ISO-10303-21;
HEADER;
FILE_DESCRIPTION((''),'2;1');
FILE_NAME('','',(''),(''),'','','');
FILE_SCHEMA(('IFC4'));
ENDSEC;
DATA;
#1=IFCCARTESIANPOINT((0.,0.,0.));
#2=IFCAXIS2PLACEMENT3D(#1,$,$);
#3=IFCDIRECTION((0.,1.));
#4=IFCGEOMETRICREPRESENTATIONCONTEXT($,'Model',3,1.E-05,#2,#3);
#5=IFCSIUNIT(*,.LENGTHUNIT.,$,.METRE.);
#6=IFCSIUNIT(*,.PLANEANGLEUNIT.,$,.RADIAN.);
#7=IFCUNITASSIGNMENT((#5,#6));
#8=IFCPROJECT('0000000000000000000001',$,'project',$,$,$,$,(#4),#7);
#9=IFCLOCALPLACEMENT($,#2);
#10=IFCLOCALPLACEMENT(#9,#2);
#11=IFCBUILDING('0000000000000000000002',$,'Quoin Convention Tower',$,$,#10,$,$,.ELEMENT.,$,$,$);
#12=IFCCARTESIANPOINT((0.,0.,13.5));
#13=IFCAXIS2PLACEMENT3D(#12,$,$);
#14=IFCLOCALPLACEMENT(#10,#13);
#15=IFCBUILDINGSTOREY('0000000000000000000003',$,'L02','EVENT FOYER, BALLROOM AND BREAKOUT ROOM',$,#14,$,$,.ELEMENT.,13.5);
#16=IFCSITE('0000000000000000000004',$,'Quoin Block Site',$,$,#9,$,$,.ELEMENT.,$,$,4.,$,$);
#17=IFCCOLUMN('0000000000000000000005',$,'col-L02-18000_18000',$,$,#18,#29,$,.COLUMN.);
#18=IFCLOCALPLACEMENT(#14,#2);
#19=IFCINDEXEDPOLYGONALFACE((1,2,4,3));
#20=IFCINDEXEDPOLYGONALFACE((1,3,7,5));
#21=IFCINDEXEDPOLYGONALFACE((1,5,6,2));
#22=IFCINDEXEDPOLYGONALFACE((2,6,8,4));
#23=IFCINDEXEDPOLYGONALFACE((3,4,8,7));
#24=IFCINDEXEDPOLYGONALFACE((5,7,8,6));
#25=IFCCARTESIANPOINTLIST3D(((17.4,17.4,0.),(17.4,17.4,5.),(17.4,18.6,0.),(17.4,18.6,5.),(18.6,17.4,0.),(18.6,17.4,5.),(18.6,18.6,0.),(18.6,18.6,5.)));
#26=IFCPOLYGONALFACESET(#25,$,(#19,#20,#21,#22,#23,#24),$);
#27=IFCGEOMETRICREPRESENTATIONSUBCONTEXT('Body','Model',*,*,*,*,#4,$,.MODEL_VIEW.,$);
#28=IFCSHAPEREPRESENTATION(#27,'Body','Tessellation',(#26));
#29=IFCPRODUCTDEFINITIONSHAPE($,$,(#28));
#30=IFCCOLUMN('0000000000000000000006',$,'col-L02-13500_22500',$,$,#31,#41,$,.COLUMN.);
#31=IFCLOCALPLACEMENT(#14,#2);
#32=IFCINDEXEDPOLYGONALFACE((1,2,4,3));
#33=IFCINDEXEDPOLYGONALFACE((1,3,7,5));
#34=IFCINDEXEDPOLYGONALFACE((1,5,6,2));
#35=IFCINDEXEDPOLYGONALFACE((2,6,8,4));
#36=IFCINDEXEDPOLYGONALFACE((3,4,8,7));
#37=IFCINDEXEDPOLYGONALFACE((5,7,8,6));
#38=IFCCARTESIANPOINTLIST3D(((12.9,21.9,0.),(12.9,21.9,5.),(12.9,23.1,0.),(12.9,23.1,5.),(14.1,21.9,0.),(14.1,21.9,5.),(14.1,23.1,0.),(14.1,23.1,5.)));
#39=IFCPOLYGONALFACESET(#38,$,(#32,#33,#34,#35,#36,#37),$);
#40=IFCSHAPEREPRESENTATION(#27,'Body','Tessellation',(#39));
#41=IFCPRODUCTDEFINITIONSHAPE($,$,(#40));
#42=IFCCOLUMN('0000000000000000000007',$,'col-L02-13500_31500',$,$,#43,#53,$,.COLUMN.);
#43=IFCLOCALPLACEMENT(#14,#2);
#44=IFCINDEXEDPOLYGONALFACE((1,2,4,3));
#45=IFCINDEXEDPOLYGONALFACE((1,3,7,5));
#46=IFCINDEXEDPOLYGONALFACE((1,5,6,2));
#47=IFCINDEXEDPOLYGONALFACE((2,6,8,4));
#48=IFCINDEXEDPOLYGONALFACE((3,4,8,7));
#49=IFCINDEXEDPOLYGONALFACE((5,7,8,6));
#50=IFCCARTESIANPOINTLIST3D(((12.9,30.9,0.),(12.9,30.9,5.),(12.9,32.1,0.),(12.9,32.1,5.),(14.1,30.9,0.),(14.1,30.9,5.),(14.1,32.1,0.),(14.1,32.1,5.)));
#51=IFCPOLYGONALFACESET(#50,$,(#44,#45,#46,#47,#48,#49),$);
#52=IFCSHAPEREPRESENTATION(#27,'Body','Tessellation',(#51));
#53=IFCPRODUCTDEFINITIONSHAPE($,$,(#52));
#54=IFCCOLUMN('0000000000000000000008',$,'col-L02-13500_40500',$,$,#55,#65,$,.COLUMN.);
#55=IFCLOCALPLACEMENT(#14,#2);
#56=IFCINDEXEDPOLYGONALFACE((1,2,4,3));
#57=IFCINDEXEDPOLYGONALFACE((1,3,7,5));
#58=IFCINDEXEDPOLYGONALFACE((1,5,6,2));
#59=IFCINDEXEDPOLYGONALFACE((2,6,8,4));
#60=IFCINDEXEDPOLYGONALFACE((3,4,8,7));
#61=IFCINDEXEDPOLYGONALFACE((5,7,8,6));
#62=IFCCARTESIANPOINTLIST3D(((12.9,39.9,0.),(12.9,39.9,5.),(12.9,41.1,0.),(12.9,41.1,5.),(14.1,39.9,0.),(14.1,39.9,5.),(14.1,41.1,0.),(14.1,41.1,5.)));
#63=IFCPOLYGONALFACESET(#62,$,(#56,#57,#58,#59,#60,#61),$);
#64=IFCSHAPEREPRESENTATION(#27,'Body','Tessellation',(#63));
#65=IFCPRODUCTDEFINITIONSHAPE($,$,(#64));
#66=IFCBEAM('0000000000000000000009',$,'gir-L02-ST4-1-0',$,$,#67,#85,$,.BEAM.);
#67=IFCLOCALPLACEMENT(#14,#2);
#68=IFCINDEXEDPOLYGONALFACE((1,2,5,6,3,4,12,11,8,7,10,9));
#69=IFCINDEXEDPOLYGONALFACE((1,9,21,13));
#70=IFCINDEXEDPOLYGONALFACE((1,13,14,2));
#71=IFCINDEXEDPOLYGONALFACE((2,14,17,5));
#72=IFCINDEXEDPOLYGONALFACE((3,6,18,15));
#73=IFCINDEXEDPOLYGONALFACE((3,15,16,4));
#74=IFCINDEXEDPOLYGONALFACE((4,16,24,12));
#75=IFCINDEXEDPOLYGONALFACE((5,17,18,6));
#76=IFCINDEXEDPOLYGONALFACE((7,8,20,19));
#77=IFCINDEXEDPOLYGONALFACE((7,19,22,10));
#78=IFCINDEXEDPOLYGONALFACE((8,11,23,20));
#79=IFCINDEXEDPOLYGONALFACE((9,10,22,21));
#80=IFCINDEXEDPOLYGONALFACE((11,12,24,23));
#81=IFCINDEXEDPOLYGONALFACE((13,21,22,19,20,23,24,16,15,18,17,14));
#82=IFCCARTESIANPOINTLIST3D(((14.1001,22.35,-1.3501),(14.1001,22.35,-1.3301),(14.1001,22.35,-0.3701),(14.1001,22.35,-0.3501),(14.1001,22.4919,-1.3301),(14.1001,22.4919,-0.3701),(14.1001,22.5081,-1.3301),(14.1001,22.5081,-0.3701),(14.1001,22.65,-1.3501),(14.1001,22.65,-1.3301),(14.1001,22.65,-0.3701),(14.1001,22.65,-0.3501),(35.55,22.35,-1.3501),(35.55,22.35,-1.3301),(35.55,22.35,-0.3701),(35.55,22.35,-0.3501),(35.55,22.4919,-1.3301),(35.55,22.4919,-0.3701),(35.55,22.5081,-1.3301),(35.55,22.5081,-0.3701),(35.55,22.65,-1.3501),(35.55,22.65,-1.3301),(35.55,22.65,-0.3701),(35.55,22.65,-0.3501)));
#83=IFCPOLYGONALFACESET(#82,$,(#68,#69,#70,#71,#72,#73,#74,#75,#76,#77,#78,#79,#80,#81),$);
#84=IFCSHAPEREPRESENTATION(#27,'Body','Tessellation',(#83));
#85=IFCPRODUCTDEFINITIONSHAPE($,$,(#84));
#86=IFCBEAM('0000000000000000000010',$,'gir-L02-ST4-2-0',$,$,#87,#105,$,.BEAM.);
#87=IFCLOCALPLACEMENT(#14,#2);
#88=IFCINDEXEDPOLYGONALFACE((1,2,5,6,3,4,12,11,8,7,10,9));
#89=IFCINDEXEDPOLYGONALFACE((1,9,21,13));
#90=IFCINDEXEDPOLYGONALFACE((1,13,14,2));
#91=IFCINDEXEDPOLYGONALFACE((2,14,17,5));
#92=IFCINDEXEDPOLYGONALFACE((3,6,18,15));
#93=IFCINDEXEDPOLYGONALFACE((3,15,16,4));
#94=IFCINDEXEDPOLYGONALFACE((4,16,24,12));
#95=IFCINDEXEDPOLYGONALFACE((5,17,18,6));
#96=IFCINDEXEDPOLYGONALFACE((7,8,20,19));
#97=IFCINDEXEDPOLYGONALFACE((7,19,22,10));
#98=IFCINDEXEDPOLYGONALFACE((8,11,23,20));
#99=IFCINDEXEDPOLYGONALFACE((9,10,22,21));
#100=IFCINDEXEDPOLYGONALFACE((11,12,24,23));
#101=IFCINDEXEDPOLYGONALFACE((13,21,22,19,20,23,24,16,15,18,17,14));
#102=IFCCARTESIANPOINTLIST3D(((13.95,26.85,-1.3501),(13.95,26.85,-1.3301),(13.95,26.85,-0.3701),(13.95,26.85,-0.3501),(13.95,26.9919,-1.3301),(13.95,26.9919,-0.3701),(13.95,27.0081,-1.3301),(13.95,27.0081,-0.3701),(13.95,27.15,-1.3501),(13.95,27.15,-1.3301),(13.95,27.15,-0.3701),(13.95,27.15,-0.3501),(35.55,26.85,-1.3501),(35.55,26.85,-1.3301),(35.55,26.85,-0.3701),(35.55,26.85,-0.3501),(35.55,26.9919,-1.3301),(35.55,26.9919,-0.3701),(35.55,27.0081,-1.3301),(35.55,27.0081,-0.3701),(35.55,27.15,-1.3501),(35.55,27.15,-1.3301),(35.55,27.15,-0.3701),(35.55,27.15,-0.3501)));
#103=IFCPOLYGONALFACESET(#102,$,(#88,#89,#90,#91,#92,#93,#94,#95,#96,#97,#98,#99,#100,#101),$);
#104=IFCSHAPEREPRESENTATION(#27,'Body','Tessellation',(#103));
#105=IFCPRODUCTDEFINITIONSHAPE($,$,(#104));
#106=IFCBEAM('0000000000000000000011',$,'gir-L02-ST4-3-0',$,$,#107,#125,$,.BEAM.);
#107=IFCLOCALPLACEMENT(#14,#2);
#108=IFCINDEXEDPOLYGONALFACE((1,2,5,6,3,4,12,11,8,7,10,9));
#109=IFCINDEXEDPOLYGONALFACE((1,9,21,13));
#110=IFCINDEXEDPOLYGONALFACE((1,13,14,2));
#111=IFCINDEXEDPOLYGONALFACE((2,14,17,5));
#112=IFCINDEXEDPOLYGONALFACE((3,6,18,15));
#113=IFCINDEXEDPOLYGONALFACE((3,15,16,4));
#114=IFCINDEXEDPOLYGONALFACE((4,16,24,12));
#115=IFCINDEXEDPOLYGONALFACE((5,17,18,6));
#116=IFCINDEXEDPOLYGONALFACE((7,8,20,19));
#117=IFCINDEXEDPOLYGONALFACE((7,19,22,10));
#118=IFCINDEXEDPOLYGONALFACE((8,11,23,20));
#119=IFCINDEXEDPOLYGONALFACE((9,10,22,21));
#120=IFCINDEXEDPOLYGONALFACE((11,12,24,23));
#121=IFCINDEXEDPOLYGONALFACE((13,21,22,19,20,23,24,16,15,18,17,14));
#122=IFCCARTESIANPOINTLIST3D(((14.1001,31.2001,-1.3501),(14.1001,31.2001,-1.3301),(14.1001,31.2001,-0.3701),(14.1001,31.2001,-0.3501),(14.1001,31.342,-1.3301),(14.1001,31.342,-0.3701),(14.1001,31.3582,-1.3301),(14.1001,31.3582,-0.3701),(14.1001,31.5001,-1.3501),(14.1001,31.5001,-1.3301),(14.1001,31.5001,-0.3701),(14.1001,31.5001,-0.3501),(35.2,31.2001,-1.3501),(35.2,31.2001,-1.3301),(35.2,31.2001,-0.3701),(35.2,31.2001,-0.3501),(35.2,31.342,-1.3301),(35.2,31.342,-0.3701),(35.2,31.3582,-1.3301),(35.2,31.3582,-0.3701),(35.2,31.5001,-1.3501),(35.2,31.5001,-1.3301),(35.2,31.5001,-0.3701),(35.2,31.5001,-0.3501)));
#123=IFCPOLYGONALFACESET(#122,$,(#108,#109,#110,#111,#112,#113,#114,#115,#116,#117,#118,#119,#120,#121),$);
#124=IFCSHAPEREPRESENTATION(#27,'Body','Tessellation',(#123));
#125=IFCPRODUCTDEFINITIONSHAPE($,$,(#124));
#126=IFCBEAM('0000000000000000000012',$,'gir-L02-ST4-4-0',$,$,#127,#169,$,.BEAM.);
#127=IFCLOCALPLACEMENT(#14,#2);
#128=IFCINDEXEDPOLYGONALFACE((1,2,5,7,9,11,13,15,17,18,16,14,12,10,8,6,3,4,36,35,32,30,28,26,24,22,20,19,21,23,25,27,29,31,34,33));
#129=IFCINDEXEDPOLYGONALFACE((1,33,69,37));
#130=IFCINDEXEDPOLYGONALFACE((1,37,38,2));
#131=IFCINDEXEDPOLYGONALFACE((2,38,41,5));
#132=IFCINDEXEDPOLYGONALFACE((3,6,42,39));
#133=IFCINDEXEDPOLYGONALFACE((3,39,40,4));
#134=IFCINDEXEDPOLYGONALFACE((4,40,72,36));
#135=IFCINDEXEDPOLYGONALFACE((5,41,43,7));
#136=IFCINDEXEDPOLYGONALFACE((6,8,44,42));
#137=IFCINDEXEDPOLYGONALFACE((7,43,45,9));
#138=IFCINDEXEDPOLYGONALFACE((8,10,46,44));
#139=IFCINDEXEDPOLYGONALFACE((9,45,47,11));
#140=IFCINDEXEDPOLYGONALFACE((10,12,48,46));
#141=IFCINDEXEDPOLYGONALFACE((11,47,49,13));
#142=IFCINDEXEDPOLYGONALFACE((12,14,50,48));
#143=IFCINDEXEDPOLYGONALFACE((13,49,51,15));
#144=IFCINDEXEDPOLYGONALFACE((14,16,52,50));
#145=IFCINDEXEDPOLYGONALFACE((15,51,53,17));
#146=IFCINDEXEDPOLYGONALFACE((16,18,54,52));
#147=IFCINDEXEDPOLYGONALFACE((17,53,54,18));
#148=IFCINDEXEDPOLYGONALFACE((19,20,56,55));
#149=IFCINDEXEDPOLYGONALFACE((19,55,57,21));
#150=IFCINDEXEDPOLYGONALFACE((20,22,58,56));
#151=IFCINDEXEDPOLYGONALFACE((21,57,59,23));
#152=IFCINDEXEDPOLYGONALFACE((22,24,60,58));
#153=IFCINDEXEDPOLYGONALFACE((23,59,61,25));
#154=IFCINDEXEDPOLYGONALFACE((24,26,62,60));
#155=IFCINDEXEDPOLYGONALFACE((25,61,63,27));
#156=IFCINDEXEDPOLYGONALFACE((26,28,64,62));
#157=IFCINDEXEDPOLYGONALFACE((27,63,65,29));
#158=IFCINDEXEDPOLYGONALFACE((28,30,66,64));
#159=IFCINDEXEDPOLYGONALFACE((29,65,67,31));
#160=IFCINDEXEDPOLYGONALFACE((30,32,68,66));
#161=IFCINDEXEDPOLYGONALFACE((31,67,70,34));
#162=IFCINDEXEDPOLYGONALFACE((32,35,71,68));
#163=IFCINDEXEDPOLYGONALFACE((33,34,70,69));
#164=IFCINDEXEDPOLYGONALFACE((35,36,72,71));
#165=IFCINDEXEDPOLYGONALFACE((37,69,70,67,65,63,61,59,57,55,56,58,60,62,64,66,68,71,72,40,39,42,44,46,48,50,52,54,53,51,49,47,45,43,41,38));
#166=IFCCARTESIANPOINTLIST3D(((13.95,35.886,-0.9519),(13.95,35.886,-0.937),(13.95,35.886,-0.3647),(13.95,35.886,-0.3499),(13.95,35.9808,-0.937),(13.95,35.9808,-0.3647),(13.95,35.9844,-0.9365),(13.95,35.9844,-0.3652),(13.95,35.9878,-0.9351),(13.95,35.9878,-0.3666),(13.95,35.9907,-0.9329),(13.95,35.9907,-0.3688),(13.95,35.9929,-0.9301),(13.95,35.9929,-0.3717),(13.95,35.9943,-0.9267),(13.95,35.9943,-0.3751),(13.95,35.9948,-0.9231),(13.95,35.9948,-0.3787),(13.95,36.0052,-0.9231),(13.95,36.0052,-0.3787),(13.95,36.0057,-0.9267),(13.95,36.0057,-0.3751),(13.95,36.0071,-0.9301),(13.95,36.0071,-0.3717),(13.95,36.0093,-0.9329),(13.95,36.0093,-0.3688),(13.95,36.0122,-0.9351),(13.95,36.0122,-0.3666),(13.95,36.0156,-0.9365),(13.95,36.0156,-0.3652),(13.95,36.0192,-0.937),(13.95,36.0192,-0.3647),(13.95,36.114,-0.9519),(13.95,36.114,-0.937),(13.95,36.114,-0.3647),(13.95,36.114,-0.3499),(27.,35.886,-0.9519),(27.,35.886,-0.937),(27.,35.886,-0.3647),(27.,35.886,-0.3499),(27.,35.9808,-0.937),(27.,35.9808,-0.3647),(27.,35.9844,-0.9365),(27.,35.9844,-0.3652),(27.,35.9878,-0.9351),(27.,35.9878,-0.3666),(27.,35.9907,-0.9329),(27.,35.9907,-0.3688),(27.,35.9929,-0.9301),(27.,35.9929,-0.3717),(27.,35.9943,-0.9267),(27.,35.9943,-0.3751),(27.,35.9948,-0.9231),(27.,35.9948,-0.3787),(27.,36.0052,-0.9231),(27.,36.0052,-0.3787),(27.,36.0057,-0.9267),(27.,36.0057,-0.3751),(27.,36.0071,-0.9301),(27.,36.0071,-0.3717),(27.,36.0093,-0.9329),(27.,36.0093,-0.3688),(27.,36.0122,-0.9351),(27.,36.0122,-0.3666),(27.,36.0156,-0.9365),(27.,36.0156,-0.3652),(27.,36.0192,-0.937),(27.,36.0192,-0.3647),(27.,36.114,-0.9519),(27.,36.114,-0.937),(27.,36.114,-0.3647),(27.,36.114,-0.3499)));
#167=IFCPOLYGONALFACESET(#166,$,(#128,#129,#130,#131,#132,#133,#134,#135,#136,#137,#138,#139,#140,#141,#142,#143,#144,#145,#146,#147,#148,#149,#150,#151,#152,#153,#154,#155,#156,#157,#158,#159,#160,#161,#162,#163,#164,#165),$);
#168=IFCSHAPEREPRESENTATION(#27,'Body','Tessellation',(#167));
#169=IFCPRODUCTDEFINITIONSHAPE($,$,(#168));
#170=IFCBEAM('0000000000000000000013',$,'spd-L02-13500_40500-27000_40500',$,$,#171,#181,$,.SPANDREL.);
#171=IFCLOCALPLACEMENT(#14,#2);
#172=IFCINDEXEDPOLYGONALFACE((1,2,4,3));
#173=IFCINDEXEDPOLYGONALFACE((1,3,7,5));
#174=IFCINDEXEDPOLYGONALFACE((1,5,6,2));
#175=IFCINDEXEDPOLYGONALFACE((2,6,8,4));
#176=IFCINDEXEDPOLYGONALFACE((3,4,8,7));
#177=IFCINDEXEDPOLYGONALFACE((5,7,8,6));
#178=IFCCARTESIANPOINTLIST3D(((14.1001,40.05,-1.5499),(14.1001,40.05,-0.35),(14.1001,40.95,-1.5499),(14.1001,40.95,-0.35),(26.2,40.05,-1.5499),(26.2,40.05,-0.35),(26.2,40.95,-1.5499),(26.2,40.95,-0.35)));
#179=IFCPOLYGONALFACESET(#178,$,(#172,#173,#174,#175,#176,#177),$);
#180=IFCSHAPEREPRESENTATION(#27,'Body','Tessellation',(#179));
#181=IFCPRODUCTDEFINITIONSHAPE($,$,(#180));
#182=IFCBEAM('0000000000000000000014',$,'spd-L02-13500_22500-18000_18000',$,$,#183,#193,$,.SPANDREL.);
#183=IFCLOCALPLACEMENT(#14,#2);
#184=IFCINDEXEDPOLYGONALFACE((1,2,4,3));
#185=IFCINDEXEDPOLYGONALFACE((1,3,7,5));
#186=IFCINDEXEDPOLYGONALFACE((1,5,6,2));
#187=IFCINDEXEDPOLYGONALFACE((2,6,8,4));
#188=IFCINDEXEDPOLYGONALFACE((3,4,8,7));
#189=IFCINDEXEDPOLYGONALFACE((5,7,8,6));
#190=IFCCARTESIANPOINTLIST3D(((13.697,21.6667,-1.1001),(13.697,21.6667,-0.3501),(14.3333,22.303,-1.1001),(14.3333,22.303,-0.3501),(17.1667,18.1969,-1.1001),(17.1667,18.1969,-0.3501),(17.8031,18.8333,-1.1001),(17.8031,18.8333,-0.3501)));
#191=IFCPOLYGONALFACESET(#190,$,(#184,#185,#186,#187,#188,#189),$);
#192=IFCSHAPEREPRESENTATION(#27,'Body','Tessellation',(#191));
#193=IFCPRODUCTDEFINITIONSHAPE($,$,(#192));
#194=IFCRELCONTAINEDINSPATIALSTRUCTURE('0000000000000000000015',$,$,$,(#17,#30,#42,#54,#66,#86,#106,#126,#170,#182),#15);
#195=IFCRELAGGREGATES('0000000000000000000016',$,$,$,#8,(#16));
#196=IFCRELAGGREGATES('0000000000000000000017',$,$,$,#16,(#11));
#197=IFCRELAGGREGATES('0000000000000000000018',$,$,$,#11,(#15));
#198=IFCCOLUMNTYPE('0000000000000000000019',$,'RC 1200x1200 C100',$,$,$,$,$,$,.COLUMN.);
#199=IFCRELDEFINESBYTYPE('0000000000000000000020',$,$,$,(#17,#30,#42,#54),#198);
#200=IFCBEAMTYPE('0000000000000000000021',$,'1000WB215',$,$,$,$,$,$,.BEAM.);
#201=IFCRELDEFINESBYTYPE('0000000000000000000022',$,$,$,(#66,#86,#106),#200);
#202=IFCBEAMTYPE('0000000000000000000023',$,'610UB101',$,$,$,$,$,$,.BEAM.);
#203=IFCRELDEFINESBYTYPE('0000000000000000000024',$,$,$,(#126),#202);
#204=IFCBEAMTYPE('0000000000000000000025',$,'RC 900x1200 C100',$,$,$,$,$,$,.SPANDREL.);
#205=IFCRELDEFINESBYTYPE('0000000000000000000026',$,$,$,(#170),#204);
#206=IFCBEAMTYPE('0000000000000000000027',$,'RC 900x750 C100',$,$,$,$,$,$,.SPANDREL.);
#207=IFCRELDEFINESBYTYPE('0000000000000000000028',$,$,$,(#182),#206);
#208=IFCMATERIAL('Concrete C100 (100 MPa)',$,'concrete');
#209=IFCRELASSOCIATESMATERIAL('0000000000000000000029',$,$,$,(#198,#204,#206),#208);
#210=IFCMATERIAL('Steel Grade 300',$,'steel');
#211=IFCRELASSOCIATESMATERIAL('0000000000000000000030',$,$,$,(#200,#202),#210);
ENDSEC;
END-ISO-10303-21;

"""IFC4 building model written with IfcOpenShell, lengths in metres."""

from ifc_helpers import new_model, si_unit, direction, frame, origin, origin_2d, place, context, subcontext, project, spatial, rectangle, i_section, extrude, material, material_profile, profile_set, type_object, element, save


model = new_model("IFC4")

# Units and contexts
model_context = context("Model", 3, precision=1e-05, world=origin(), true_north=direction((0.0, 1.0)))
body_context = subcontext(model_context, "Body", "Model", "MODEL_VIEW")
ifc_project = project(units=[si_unit("LENGTHUNIT", "METRE"), si_unit("PLANEANGLEUNIT", "RADIAN")], contexts=[model_context])

# Site, building, storey
site_placement = place(None, origin())
site = spatial("IfcSite", under=ifc_project, at=site_placement, Name="Quoin Block Site", CompositionType="ELEMENT", RefElevation=4.0)
building_placement = place(site_placement, origin())
building = spatial("IfcBuilding", under=site, at=building_placement, Name="Quoin Convention Tower", CompositionType="ELEMENT")
storey_placement = place(building_placement, frame((0.0, 0.0, 13.5)))
storey = spatial("IfcBuildingStorey", under=building, at=storey_placement, Name="L02", Description="EVENT FOYER, BALLROOM AND BREAKOUT ROOM", CompositionType="ELEMENT", Elevation=13.5)

# Columns
ifc_material_1 = material(Name="Concrete C100 (100 MPa)", Category="concrete")
ifc_material_profile_1 = material_profile(ifc_material_1, rectangle(XDim=1.2, YDim=1.2, at=origin_2d()), Name="RC 1200x1200")
ifc_profile_set_1 = profile_set([ifc_material_profile_1], Name="Concrete C100 (100 MPa)")
column_type = type_object("IfcColumnType", Name="RC 1200x1200 C100", PredefinedType="COLUMN", material=ifc_profile_set_1)
for number, where, z_axis, x_axis, name in (
    (1, (18.0, 18.0, 0.0), (0.0, 0.0, 1.0), (1.0, 0.0, 0.0), "col-L02-18000_18000"),
    (2, (13.5, 22.5, 0.0), (0.0, 0.0, 1.0), (1.0, 0.0, 0.0), "col-L02-13500_22500"),
    (3, (13.5, 31.5, 0.0), (0.0, 0.0, 1.0), (1.0, 0.0, 0.0), "col-L02-13500_31500"),
    (4, (13.5, 40.5, 0.0), (0.0, 0.0, 1.0), (1.0, 0.0, 0.0), "col-L02-13500_40500"),
):
    element("IfcColumn", number, at=place(storey_placement, frame(where, z_axis=z_axis, x_axis=x_axis)), inside=storey, type_object=column_type, Name=name, PredefinedType="COLUMN", context=body_context, shape_type="SweptSolid", body=[
        extrude(rectangle(XDim=1.2, YDim=1.2, at=origin_2d()), origin(), (0.0, 0.0, 1.0), 5.0),
    ])

# Beams
ifc_material_2 = material(Name="Steel Grade 300", Category="steel")
ifc_material_profile_2 = material_profile(ifc_material_2, i_section(OverallWidth=0.3, OverallDepth=1.0, WebThickness=0.0161, FlangeThickness=0.02, at=origin_2d()), Name="1000WB215")
ifc_profile_set_2 = profile_set([ifc_material_profile_2], Name="Steel Grade 300")
beam_type_1 = type_object("IfcBeamType", Name="1000WB215", PredefinedType="BEAM", material=ifc_profile_set_2)
beam_1_placement = place(storey_placement, frame((14.1001, 22.5, -0.8501), z_axis=(1.0, 0.0, 0.0), x_axis=(0.0, 1.0, 0.0)))
element("IfcBeam", 5, at=beam_1_placement, inside=storey, type_object=beam_type_1, Name="gir-L02-ST4-1-0", PredefinedType="BEAM", context=body_context, shape_type="SweptSolid", body=[
    extrude(i_section(OverallWidth=0.3, OverallDepth=1.0, WebThickness=0.0161, FlangeThickness=0.02, at=origin_2d()), origin(), (0.0, 0.0, 1.0), 21.45),
])
beam_2_placement = place(storey_placement, frame((13.95, 27.0, -0.8501), z_axis=(1.0, 0.0, 0.0), x_axis=(0.0, 1.0, 0.0)))
element("IfcBeam", 6, at=beam_2_placement, inside=storey, type_object=beam_type_1, Name="gir-L02-ST4-2-0", PredefinedType="BEAM", context=body_context, shape_type="SweptSolid", body=[
    extrude(i_section(OverallWidth=0.3, OverallDepth=1.0, WebThickness=0.0161, FlangeThickness=0.02, at=origin_2d()), origin(), (0.0, 0.0, 1.0), 21.6001),
])
beam_3_placement = place(storey_placement, frame((14.1001, 31.3501, -0.8501), z_axis=(1.0, 0.0, 0.0), x_axis=(0.0, 1.0, 0.0)))
element("IfcBeam", 7, at=beam_3_placement, inside=storey, type_object=beam_type_1, Name="gir-L02-ST4-3-0", PredefinedType="BEAM", context=body_context, shape_type="SweptSolid", body=[
    extrude(i_section(OverallWidth=0.3, OverallDepth=1.0, WebThickness=0.0161, FlangeThickness=0.02, at=origin_2d()), origin(), (0.0, 0.0, 1.0), 21.0999),
])
ifc_material_profile_3 = material_profile(ifc_material_2, i_section(OverallWidth=0.228, OverallDepth=0.6021, WebThickness=0.0105, FlangeThickness=0.0149, FilletRadius=0.0139, at=origin_2d()), Name="610UB101")
ifc_profile_set_3 = profile_set([ifc_material_profile_3], Name="Steel Grade 300")
beam_type_2 = type_object("IfcBeamType", Name="610UB101", PredefinedType="BEAM", material=ifc_profile_set_3)
beam_4_placement = place(storey_placement, frame((13.95, 36.0, -0.6509), z_axis=(1.0, 0.0, 0.0), x_axis=(0.0, 1.0, 0.0)))
element("IfcBeam", 8, at=beam_4_placement, inside=storey, type_object=beam_type_2, Name="gir-L02-ST4-4-0", PredefinedType="BEAM", context=body_context, shape_type="SweptSolid", body=[
    extrude(i_section(OverallWidth=0.228, OverallDepth=0.6021, WebThickness=0.0105, FlangeThickness=0.0149, FilletRadius=0.0139, at=origin_2d()), origin(), (0.0, 0.0, 1.0), 13.05),
])
ifc_material_profile_4 = material_profile(ifc_material_1, rectangle(XDim=0.8999, YDim=1.2, at=origin_2d()), Name="RC 900x1200")
ifc_profile_set_4 = profile_set([ifc_material_profile_4], Name="Concrete C100 (100 MPa)")
beam_type_3 = type_object("IfcBeamType", Name="RC 900x1200 C100", PredefinedType="SPANDREL", material=ifc_profile_set_4)
beam_5_placement = place(storey_placement, frame((14.1001, 40.5, -0.95), z_axis=(1.0, 0.0, 0.0), x_axis=(0.0, 1.0, 0.0)))
element("IfcBeam", 9, at=beam_5_placement, inside=storey, type_object=beam_type_3, Name="spd-L02-13500_40500-27000_40500", PredefinedType="SPANDREL", context=body_context, shape_type="SweptSolid", body=[
    extrude(rectangle(XDim=0.8999, YDim=1.2, at=origin_2d()), origin(), (0.0, 0.0, 1.0), 12.0999),
])
ifc_material_profile_5 = material_profile(ifc_material_1, rectangle(XDim=0.8999, YDim=0.75, at=origin_2d()), Name="RC 900x750")
ifc_profile_set_5 = profile_set([ifc_material_profile_5], Name="Concrete C100 (100 MPa)")
beam_type_4 = type_object("IfcBeamType", Name="RC 900x750 C100", PredefinedType="SPANDREL", material=ifc_profile_set_5)
beam_6_placement = place(storey_placement, frame((14.0151, 21.9849, -0.7251), z_axis=(0.707107, -0.707107, 0.0), x_axis=(0.707107, 0.707107, 0.0)))
element("IfcBeam", 10, at=beam_6_placement, inside=storey, type_object=beam_type_4, Name="spd-L02-13500_22500-18000_18000", PredefinedType="SPANDREL", context=body_context, shape_type="SweptSolid", body=[
    extrude(rectangle(XDim=0.8999, YDim=0.75, at=origin_2d()), origin(), (0.0, 0.0, 1.0), 4.907),
])

save(model, "model.ifc")
